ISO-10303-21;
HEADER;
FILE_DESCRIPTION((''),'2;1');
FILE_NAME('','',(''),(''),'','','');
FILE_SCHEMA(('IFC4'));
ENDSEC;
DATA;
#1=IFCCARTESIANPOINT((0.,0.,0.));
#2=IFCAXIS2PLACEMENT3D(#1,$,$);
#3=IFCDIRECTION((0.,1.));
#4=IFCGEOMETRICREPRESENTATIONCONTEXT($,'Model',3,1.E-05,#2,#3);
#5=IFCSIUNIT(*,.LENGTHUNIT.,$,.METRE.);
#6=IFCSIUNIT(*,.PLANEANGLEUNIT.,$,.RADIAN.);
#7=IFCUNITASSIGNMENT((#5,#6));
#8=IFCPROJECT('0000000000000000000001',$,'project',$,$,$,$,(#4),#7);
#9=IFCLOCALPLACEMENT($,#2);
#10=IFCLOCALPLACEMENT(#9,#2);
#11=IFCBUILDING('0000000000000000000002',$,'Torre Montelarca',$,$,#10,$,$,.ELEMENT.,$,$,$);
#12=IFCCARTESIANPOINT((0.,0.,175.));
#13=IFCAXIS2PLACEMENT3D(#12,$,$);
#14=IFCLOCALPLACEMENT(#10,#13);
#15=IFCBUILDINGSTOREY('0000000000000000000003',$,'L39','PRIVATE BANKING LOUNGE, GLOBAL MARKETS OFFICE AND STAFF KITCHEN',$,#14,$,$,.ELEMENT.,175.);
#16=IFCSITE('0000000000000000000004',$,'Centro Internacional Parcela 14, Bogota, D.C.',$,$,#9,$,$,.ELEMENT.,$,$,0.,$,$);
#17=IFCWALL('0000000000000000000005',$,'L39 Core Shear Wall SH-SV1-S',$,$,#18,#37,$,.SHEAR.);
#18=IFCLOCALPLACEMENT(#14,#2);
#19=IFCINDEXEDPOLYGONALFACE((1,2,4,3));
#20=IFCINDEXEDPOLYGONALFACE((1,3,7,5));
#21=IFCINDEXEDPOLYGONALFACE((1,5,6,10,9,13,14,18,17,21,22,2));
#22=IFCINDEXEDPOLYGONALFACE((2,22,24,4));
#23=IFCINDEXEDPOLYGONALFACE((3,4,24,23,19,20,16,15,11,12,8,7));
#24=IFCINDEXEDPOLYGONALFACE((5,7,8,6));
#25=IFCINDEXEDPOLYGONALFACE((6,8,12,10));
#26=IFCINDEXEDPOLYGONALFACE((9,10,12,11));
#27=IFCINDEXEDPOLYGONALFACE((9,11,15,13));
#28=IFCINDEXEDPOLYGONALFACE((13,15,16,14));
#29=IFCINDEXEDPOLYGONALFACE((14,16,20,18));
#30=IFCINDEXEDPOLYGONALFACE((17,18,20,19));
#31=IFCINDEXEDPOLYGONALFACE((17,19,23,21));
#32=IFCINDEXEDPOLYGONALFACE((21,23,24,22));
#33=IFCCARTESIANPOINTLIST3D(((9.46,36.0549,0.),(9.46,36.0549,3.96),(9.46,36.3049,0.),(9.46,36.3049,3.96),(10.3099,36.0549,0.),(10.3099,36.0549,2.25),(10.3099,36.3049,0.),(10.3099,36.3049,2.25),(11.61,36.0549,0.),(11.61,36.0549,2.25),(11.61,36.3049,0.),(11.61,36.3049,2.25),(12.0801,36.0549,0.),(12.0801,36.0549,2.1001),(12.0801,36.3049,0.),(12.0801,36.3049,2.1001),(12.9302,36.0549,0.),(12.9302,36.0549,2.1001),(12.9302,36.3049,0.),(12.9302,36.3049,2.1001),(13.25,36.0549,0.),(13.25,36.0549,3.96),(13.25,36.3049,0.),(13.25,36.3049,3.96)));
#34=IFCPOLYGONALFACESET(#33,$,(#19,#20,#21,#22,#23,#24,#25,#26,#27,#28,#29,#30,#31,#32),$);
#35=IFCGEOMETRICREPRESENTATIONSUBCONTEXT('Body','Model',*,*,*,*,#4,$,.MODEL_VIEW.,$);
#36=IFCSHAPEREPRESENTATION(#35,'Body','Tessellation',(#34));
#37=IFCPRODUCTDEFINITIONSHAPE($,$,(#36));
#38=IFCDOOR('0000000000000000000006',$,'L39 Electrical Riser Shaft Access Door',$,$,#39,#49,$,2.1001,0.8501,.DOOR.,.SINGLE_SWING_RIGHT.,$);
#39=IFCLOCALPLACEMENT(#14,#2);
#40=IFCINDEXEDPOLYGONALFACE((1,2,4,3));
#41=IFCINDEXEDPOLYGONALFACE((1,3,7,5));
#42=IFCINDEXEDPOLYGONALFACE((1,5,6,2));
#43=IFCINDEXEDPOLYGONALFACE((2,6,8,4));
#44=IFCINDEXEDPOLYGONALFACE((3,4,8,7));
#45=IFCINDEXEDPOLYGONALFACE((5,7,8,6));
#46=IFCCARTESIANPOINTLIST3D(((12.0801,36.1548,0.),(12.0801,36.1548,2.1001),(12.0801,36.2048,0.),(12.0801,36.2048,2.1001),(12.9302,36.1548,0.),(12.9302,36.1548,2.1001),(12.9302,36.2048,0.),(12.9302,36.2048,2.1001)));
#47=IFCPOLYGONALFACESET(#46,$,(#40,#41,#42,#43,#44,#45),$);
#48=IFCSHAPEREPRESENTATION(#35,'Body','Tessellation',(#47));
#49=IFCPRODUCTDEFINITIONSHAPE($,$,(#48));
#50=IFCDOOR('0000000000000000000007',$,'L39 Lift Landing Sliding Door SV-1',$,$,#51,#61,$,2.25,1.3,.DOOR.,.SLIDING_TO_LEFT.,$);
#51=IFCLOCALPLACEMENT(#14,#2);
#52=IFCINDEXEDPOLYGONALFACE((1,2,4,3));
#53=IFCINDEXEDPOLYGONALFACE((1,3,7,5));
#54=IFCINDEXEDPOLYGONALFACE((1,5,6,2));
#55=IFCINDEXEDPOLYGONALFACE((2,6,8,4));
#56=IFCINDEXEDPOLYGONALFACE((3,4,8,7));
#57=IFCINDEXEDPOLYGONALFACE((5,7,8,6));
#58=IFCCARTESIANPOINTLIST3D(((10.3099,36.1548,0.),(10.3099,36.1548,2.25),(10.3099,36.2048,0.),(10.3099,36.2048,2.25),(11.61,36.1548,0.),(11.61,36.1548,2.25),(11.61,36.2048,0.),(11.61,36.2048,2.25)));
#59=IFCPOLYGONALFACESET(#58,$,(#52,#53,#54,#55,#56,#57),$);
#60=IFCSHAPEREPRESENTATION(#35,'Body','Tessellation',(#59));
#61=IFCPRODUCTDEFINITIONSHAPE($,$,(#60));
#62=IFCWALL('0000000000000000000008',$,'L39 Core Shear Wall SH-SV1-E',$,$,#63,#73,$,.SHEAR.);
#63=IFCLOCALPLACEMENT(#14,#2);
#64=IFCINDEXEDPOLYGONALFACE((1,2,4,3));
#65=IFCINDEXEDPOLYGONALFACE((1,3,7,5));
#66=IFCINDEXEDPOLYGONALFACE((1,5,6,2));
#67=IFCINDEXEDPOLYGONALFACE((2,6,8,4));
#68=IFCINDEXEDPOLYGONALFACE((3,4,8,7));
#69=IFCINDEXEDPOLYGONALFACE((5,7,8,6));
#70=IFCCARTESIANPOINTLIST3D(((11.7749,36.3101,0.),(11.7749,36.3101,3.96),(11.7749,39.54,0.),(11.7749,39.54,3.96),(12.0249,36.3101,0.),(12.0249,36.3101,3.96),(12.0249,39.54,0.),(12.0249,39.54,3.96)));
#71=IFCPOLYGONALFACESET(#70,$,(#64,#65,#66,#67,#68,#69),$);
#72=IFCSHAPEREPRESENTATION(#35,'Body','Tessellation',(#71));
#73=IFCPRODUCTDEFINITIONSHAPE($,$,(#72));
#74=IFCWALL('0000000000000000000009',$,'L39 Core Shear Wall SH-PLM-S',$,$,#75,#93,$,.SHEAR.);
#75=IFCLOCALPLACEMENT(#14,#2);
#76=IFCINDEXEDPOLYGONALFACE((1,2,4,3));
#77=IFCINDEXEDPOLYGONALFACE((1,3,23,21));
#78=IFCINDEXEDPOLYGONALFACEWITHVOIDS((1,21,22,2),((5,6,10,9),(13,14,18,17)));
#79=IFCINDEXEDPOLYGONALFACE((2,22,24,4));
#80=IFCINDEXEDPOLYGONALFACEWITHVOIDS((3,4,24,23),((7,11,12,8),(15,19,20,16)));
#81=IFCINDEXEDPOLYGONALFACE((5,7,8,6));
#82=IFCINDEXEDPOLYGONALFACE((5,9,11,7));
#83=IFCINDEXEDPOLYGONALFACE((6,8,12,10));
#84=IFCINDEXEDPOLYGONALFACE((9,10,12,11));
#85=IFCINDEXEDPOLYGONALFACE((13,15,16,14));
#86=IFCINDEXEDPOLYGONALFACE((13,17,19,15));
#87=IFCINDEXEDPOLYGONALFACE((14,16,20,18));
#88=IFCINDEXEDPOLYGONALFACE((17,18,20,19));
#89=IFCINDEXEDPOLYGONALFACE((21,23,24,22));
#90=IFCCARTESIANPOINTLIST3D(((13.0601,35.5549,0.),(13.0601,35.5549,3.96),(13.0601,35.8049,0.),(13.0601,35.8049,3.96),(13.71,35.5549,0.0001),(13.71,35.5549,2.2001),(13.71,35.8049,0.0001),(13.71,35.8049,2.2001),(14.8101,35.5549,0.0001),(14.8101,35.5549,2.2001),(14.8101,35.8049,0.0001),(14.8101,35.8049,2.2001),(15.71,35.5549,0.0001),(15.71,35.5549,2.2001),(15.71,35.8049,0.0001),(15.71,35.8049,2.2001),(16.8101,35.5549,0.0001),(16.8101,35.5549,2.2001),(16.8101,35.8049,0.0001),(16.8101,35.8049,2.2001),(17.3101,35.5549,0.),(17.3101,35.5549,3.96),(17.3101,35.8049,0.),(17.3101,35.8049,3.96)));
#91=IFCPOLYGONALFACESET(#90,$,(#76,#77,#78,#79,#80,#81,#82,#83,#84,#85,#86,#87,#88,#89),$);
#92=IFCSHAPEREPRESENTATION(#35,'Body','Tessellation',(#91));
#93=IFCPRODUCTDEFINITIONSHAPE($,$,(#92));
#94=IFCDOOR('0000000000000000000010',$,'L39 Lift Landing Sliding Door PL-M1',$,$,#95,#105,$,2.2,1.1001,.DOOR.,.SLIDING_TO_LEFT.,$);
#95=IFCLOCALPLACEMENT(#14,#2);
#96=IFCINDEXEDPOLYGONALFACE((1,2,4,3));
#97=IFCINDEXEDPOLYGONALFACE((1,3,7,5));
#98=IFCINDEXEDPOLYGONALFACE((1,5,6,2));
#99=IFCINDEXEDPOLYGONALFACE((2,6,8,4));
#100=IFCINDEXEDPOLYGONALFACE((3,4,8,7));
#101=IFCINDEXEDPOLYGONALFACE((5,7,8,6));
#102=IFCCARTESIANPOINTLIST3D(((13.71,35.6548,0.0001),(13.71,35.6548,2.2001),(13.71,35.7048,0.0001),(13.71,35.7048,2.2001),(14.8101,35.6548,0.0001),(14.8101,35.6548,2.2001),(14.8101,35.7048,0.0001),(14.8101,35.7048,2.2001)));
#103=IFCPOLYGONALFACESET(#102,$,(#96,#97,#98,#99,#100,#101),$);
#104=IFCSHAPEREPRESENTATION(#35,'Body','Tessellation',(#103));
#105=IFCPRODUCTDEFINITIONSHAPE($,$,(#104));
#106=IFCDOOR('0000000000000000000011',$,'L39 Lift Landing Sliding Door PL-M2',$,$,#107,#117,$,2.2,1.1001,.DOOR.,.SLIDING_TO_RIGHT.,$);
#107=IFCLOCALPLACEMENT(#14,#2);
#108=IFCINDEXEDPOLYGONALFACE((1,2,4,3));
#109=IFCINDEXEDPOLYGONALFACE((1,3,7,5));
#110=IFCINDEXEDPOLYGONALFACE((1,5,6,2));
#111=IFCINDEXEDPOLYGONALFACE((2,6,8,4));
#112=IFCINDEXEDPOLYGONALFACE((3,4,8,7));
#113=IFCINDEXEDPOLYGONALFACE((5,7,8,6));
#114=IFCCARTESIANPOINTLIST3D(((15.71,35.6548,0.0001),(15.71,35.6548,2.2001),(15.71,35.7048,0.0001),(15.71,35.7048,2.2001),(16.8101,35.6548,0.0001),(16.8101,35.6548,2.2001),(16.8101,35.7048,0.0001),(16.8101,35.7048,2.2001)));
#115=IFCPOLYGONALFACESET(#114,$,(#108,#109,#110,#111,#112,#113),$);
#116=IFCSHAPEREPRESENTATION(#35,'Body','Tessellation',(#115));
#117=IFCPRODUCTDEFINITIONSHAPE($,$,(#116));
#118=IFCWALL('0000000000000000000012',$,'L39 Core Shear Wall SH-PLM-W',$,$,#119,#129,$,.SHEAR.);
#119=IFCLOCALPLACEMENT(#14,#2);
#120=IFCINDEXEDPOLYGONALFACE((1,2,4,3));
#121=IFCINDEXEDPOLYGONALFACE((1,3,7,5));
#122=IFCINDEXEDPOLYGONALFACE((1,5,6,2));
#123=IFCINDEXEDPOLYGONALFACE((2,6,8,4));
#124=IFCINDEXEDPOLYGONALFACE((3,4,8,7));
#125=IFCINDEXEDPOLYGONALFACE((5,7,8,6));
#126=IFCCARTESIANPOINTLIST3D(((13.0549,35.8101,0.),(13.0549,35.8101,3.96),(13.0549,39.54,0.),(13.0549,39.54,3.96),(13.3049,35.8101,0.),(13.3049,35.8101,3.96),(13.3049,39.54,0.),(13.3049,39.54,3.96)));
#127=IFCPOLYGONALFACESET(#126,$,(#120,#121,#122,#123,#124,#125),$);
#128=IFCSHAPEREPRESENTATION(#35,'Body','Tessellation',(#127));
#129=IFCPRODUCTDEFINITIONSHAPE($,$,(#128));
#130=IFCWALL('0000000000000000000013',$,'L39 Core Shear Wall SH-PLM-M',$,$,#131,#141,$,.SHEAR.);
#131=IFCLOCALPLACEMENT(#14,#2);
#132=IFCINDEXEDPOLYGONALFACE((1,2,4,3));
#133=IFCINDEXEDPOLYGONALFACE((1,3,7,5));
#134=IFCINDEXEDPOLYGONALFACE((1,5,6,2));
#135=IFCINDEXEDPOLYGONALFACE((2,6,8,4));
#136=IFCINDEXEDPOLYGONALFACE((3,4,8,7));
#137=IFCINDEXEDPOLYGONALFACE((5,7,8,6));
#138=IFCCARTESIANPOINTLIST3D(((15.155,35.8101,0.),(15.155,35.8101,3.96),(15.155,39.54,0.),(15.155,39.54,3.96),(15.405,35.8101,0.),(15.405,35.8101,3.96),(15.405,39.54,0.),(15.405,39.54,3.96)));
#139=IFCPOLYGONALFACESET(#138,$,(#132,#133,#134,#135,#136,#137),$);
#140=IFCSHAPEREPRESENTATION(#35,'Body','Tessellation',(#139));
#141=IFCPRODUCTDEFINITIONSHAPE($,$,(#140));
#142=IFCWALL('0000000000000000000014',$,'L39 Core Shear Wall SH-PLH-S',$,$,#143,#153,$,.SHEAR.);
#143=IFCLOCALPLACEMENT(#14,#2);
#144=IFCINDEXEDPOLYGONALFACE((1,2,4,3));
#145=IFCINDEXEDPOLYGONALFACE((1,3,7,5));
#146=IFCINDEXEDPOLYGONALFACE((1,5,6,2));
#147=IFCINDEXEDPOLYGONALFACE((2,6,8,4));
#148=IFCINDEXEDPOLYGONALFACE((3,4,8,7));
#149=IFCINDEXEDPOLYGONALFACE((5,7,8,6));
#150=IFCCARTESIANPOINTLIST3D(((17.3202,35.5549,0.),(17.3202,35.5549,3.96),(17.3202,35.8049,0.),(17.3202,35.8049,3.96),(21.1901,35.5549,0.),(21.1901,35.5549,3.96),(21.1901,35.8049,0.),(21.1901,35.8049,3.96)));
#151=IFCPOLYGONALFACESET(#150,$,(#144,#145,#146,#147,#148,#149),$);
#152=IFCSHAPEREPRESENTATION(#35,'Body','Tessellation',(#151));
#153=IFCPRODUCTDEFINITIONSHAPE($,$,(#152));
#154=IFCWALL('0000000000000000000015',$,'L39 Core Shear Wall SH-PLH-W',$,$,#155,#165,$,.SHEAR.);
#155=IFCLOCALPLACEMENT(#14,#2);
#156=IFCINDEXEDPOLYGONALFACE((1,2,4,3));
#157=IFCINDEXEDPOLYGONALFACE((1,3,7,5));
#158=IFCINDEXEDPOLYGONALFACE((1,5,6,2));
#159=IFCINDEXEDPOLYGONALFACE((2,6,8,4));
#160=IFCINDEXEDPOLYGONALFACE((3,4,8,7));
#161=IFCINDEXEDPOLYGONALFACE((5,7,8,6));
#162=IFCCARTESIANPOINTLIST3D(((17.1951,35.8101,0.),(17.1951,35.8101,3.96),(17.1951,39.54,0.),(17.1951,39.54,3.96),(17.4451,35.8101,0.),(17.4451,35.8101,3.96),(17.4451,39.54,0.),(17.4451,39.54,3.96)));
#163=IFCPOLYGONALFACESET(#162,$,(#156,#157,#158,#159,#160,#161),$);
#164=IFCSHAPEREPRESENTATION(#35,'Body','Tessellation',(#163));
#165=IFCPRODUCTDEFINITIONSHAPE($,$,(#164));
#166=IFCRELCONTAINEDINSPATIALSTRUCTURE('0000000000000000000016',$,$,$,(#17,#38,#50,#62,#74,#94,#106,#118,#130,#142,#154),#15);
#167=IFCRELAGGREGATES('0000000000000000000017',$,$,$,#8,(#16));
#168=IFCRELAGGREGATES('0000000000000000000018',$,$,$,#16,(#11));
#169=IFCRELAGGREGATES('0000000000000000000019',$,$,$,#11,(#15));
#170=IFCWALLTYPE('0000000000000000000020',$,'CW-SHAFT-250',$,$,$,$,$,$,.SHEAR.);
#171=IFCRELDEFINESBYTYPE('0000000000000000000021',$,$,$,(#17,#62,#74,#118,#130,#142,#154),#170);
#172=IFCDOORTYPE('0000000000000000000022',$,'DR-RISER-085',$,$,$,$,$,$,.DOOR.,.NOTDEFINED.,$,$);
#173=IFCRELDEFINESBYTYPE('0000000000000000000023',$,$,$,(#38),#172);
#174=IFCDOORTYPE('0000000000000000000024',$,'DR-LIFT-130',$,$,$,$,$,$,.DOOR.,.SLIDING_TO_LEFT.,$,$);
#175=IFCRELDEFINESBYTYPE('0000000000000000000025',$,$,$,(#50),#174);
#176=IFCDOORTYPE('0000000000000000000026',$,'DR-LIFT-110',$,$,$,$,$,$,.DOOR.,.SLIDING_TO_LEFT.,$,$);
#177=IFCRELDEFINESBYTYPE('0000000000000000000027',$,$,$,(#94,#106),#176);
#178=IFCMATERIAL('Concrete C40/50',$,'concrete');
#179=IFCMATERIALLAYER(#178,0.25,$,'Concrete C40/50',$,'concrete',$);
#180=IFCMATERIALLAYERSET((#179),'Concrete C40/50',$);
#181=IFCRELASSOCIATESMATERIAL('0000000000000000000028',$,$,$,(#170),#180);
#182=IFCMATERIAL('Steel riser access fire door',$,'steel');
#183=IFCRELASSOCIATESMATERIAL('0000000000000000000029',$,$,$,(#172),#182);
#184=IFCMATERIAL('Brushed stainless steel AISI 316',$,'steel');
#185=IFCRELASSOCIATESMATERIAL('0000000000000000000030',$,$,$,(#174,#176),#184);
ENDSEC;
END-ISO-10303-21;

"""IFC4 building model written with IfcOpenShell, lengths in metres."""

from ifc_helpers import new_model, si_unit, direction, frame, frame_2d, origin, place, context, subcontext, project, spatial, rectangle, extrude, source, transform, mapped, material, layer, layer_set, type_object, element, fill, save


model = new_model("IFC4")

# Units and contexts
model_context = context("Model", 3, precision=1e-05, world=origin(), true_north=direction((0.0, 1.0)))
body_context = subcontext(model_context, "Body", "Model", "MODEL_VIEW")
ifc_project = project(units=[si_unit("LENGTHUNIT", "METRE"), si_unit("PLANEANGLEUNIT", "RADIAN")], contexts=[model_context])

# Site, building, storey
site_placement = place(None, origin())
site = spatial("IfcSite", under=ifc_project, at=site_placement, Name="Centro Internacional Parcela 14, Bogota, D.C.", CompositionType="ELEMENT", RefElevation=0.0)
building_placement = place(site_placement, origin())
building = spatial("IfcBuilding", under=site, at=building_placement, Name="Torre Montelarca", CompositionType="ELEMENT")
storey_placement = place(building_placement, frame((0.0, 0.0, 175.0)))
storey = spatial("IfcBuildingStorey", under=building, at=storey_placement, Name="L39", Description="PRIVATE BANKING LOUNGE, GLOBAL MARKETS OFFICE AND STAFF KITCHEN", CompositionType="ELEMENT", Elevation=175.0)

# Wall, openings, doors
ifc_material_1 = material(Name="Concrete C40/50", Category="concrete")
ifc_layer_1 = layer(ifc_material_1, 0.25, Name="Concrete C40/50", Category="concrete")
ifc_layer_set_1 = layer_set([ifc_layer_1], Name="Concrete C40/50")
wall_type_1 = type_object("IfcWallType", Name="CW-SHAFT-250", PredefinedType="SHEAR", material=ifc_layer_set_1)
wall_1_placement = place(storey_placement, frame((9.46, 36.1799, 0.0), z_axis=(0.0, 0.0, 1.0), x_axis=(1.0, 0.0, 0.0)))
wall_1 = element("IfcWall", 1, at=wall_1_placement, inside=storey, type_object=wall_type_1, Name="L39 Core Shear Wall SH-SV1-S", PredefinedType="SHEAR", context=body_context, shape_type="SweptSolid", body=[
    extrude(rectangle(XDim=3.79, YDim=0.25, at=frame_2d((1.895, 0.0))), origin(), (0.0, 0.0, 1.0), 3.96),
])
opening_1_placement = place(wall_1_placement, frame((2.6201, 0.0, 0.0)))
opening_1 = element("IfcOpeningElement", 2, at=opening_1_placement, cuts=wall_1, PredefinedType="OPENING", context=body_context, shape_type="SweptSolid", body=[
    extrude(rectangle(XDim=0.8501, YDim=2.1001, at=frame_2d((0.425, 1.05))), frame((0.0, 0.135, 0.0), z_axis=(0.0, -1.0, 0.0), x_axis=(1.0, 0.0, 0.0)), (0.0, 0.0, 1.0), 0.27),
])
opening_2_placement = place(wall_1_placement, frame((0.8501, 0.0, 0.0)))
opening_2 = element("IfcOpeningElement", 3, at=opening_2_placement, cuts=wall_1, PredefinedType="OPENING", context=body_context, shape_type="SweptSolid", body=[
    extrude(rectangle(XDim=1.3, YDim=2.25, at=frame_2d((0.6499, 1.125))), frame((0.0, 0.135, 0.0), z_axis=(0.0, -1.0, 0.0), x_axis=(1.0, 0.0, 0.0)), (0.0, 0.0, 1.0), 0.27),
])
ifc_material_2 = material(Name="Steel riser access fire door", Category="steel")
door_type_1 = type_object("IfcDoorType", Name="DR-RISER-085", OperationType="NOTDEFINED", PredefinedType="DOOR", material=ifc_material_2)
shared_shape_1 = source(origin(), body_context, "Body", "SweptSolid", [
    extrude(rectangle(XDim=0.8501, YDim=2.1001, at=frame_2d((0.425, 1.05))), frame((0.0, 0.0249, 0.0), z_axis=(0.0, -1.0, 0.0), x_axis=(1.0, 0.0, 0.0)), (0.0, 0.0, 1.0), 0.05),
])
door_1_placement = place(opening_1_placement, origin())
door_1 = element("IfcDoor", 4, at=door_1_placement, inside=storey, type_object=door_type_1, Name="L39 Electrical Riser Shaft Access Door", OperationType="SINGLE_SWING_RIGHT", OverallHeight=2.1001, OverallWidth=0.8501, PredefinedType="DOOR", context=body_context, shape_type="MappedRepresentation", body=[
    mapped(shared_shape_1, transform((0.0, 0.0, 0.0), scale=1.0)),
])
fill(opening_1, door_1)
ifc_material_3 = material(Name="Brushed stainless steel AISI 316", Category="steel")
door_type_2 = type_object("IfcDoorType", Name="DR-LIFT-130", OperationType="SLIDING_TO_LEFT", PredefinedType="DOOR", material=ifc_material_3)
shared_shape_2 = source(origin(), body_context, "Body", "SweptSolid", [
    extrude(rectangle(XDim=1.3, YDim=2.25, at=frame_2d((0.6499, 1.125))), frame((0.0, 0.0249, 0.0), z_axis=(0.0, -1.0, 0.0), x_axis=(1.0, 0.0, 0.0)), (0.0, 0.0, 1.0), 0.05),
])
door_2_placement = place(opening_2_placement, origin())
door_2 = element("IfcDoor", 5, at=door_2_placement, inside=storey, type_object=door_type_2, Name="L39 Lift Landing Sliding Door SV-1", OperationType="SLIDING_TO_LEFT", OverallHeight=2.25, OverallWidth=1.3, PredefinedType="DOOR", context=body_context, shape_type="MappedRepresentation", body=[
    mapped(shared_shape_2, transform((0.0, 0.0, 0.0), scale=1.0)),
])
fill(opening_2, door_2)

# Wall
wall_2_placement = place(storey_placement, frame((11.8999, 36.3101, 0.0), z_axis=(0.0, 0.0, 1.0), x_axis=(0.0, 1.0, 0.0)))
element("IfcWall", 6, at=wall_2_placement, inside=storey, type_object=wall_type_1, Name="L39 Core Shear Wall SH-SV1-E", PredefinedType="SHEAR", context=body_context, shape_type="SweptSolid", body=[
    extrude(rectangle(XDim=3.23, YDim=0.25, at=frame_2d((1.615, 0.0))), origin(), (0.0, 0.0, 1.0), 3.96),
])

# Wall, openings, doors
wall_3_placement = place(storey_placement, frame((13.0601, 35.6799, 0.0), z_axis=(0.0, 0.0, 1.0), x_axis=(1.0, 0.0, 0.0)))
wall_3 = element("IfcWall", 7, at=wall_3_placement, inside=storey, type_object=wall_type_1, Name="L39 Core Shear Wall SH-PLM-S", PredefinedType="SHEAR", context=body_context, shape_type="SweptSolid", body=[
    extrude(rectangle(XDim=4.25, YDim=0.25, at=frame_2d((2.125, 0.0))), origin(), (0.0, 0.0, 1.0), 3.96),
])
opening_3_placement = place(wall_3_placement, frame((0.6499, 0.0, 0.0)))
opening_3 = element("IfcOpeningElement", 8, at=opening_3_placement, cuts=wall_3, PredefinedType="OPENING", context=body_context, shape_type="SweptSolid", body=[
    extrude(rectangle(XDim=1.1001, YDim=2.2, at=frame_2d((0.55, 1.1001))), frame((0.0, 0.135, 0.0), z_axis=(0.0, -1.0, 0.0), x_axis=(1.0, 0.0, 0.0)), (0.0, 0.0, 1.0), 0.27),
])
opening_4_placement = place(wall_3_placement, frame((2.6499, 0.0, 0.0)))
opening_4 = element("IfcOpeningElement", 9, at=opening_4_placement, cuts=wall_3, PredefinedType="OPENING", context=body_context, shape_type="SweptSolid", body=[
    extrude(rectangle(XDim=1.1001, YDim=2.2, at=frame_2d((0.55, 1.1001))), frame((0.0, 0.135, 0.0), z_axis=(0.0, -1.0, 0.0), x_axis=(1.0, 0.0, 0.0)), (0.0, 0.0, 1.0), 0.27),
])
door_type_3 = type_object("IfcDoorType", Name="DR-LIFT-110", OperationType="SLIDING_TO_LEFT", PredefinedType="DOOR", material=ifc_material_3)
shared_shape_3 = source(origin(), body_context, "Body", "SweptSolid", [
    extrude(rectangle(XDim=1.1001, YDim=2.2, at=frame_2d((0.55, 1.1001))), frame((0.0, 0.0249, 0.0), z_axis=(0.0, -1.0, 0.0), x_axis=(1.0, 0.0, 0.0)), (0.0, 0.0, 1.0), 0.05),
])
door_3_placement = place(opening_3_placement, origin())
door_3 = element("IfcDoor", 10, at=door_3_placement, inside=storey, type_object=door_type_3, Name="L39 Lift Landing Sliding Door PL-M1", OperationType="SLIDING_TO_LEFT", OverallHeight=2.2, OverallWidth=1.1001, PredefinedType="DOOR", context=body_context, shape_type="MappedRepresentation", body=[
    mapped(shared_shape_3, transform((0.0, 0.0, 0.0), scale=1.0)),
])
fill(opening_3, door_3)
door_4_placement = place(opening_4_placement, origin())
door_4 = element("IfcDoor", 11, at=door_4_placement, inside=storey, type_object=door_type_3, Name="L39 Lift Landing Sliding Door PL-M2", OperationType="SLIDING_TO_RIGHT", OverallHeight=2.2, OverallWidth=1.1001, PredefinedType="DOOR", context=body_context, shape_type="MappedRepresentation", body=[
    mapped(shared_shape_3, transform((0.0, 0.0, 0.0), scale=1.0)),
])
fill(opening_4, door_4)

# Walls
for number, where, z_axis, x_axis, name in (
    (12, (13.1799, 35.8101, 0.0), (0.0, 0.0, 1.0), (0.0, 1.0, 0.0), "L39 Core Shear Wall SH-PLM-W"),
    (13, (15.28, 35.8101, 0.0), (0.0, 0.0, 1.0), (0.0, 1.0, 0.0), "L39 Core Shear Wall SH-PLM-M"),
):
    element("IfcWall", number, at=place(storey_placement, frame(where, z_axis=z_axis, x_axis=x_axis)), inside=storey, type_object=wall_type_1, Name=name, PredefinedType="SHEAR", context=body_context, shape_type="SweptSolid", body=[
        extrude(rectangle(XDim=3.73, YDim=0.25, at=frame_2d((1.865, 0.0))), origin(), (0.0, 0.0, 1.0), 3.96),
    ])
wall_4_placement = place(storey_placement, frame((17.3201, 35.6799, 0.0), z_axis=(0.0, 0.0, 1.0), x_axis=(1.0, 0.0, 0.0)))
element("IfcWall", 14, at=wall_4_placement, inside=storey, type_object=wall_type_1, Name="L39 Core Shear Wall SH-PLH-S", PredefinedType="SHEAR", context=body_context, shape_type="SweptSolid", body=[
    extrude(rectangle(XDim=3.8699, YDim=0.25, at=frame_2d((1.9351, 0.0))), origin(), (0.0, 0.0, 1.0), 3.96),
])
wall_5_placement = place(storey_placement, frame((17.3201, 35.8101, 0.0), z_axis=(0.0, 0.0, 1.0), x_axis=(0.0, 1.0, 0.0)))
element("IfcWall", 15, at=wall_5_placement, inside=storey, type_object=wall_type_1, Name="L39 Core Shear Wall SH-PLH-W", PredefinedType="SHEAR", context=body_context, shape_type="SweptSolid", body=[
    extrude(rectangle(XDim=3.73, YDim=0.25, at=frame_2d((1.865, 0.0))), origin(), (0.0, 0.0, 1.0), 3.96),
])

save(model, "model.ifc")
